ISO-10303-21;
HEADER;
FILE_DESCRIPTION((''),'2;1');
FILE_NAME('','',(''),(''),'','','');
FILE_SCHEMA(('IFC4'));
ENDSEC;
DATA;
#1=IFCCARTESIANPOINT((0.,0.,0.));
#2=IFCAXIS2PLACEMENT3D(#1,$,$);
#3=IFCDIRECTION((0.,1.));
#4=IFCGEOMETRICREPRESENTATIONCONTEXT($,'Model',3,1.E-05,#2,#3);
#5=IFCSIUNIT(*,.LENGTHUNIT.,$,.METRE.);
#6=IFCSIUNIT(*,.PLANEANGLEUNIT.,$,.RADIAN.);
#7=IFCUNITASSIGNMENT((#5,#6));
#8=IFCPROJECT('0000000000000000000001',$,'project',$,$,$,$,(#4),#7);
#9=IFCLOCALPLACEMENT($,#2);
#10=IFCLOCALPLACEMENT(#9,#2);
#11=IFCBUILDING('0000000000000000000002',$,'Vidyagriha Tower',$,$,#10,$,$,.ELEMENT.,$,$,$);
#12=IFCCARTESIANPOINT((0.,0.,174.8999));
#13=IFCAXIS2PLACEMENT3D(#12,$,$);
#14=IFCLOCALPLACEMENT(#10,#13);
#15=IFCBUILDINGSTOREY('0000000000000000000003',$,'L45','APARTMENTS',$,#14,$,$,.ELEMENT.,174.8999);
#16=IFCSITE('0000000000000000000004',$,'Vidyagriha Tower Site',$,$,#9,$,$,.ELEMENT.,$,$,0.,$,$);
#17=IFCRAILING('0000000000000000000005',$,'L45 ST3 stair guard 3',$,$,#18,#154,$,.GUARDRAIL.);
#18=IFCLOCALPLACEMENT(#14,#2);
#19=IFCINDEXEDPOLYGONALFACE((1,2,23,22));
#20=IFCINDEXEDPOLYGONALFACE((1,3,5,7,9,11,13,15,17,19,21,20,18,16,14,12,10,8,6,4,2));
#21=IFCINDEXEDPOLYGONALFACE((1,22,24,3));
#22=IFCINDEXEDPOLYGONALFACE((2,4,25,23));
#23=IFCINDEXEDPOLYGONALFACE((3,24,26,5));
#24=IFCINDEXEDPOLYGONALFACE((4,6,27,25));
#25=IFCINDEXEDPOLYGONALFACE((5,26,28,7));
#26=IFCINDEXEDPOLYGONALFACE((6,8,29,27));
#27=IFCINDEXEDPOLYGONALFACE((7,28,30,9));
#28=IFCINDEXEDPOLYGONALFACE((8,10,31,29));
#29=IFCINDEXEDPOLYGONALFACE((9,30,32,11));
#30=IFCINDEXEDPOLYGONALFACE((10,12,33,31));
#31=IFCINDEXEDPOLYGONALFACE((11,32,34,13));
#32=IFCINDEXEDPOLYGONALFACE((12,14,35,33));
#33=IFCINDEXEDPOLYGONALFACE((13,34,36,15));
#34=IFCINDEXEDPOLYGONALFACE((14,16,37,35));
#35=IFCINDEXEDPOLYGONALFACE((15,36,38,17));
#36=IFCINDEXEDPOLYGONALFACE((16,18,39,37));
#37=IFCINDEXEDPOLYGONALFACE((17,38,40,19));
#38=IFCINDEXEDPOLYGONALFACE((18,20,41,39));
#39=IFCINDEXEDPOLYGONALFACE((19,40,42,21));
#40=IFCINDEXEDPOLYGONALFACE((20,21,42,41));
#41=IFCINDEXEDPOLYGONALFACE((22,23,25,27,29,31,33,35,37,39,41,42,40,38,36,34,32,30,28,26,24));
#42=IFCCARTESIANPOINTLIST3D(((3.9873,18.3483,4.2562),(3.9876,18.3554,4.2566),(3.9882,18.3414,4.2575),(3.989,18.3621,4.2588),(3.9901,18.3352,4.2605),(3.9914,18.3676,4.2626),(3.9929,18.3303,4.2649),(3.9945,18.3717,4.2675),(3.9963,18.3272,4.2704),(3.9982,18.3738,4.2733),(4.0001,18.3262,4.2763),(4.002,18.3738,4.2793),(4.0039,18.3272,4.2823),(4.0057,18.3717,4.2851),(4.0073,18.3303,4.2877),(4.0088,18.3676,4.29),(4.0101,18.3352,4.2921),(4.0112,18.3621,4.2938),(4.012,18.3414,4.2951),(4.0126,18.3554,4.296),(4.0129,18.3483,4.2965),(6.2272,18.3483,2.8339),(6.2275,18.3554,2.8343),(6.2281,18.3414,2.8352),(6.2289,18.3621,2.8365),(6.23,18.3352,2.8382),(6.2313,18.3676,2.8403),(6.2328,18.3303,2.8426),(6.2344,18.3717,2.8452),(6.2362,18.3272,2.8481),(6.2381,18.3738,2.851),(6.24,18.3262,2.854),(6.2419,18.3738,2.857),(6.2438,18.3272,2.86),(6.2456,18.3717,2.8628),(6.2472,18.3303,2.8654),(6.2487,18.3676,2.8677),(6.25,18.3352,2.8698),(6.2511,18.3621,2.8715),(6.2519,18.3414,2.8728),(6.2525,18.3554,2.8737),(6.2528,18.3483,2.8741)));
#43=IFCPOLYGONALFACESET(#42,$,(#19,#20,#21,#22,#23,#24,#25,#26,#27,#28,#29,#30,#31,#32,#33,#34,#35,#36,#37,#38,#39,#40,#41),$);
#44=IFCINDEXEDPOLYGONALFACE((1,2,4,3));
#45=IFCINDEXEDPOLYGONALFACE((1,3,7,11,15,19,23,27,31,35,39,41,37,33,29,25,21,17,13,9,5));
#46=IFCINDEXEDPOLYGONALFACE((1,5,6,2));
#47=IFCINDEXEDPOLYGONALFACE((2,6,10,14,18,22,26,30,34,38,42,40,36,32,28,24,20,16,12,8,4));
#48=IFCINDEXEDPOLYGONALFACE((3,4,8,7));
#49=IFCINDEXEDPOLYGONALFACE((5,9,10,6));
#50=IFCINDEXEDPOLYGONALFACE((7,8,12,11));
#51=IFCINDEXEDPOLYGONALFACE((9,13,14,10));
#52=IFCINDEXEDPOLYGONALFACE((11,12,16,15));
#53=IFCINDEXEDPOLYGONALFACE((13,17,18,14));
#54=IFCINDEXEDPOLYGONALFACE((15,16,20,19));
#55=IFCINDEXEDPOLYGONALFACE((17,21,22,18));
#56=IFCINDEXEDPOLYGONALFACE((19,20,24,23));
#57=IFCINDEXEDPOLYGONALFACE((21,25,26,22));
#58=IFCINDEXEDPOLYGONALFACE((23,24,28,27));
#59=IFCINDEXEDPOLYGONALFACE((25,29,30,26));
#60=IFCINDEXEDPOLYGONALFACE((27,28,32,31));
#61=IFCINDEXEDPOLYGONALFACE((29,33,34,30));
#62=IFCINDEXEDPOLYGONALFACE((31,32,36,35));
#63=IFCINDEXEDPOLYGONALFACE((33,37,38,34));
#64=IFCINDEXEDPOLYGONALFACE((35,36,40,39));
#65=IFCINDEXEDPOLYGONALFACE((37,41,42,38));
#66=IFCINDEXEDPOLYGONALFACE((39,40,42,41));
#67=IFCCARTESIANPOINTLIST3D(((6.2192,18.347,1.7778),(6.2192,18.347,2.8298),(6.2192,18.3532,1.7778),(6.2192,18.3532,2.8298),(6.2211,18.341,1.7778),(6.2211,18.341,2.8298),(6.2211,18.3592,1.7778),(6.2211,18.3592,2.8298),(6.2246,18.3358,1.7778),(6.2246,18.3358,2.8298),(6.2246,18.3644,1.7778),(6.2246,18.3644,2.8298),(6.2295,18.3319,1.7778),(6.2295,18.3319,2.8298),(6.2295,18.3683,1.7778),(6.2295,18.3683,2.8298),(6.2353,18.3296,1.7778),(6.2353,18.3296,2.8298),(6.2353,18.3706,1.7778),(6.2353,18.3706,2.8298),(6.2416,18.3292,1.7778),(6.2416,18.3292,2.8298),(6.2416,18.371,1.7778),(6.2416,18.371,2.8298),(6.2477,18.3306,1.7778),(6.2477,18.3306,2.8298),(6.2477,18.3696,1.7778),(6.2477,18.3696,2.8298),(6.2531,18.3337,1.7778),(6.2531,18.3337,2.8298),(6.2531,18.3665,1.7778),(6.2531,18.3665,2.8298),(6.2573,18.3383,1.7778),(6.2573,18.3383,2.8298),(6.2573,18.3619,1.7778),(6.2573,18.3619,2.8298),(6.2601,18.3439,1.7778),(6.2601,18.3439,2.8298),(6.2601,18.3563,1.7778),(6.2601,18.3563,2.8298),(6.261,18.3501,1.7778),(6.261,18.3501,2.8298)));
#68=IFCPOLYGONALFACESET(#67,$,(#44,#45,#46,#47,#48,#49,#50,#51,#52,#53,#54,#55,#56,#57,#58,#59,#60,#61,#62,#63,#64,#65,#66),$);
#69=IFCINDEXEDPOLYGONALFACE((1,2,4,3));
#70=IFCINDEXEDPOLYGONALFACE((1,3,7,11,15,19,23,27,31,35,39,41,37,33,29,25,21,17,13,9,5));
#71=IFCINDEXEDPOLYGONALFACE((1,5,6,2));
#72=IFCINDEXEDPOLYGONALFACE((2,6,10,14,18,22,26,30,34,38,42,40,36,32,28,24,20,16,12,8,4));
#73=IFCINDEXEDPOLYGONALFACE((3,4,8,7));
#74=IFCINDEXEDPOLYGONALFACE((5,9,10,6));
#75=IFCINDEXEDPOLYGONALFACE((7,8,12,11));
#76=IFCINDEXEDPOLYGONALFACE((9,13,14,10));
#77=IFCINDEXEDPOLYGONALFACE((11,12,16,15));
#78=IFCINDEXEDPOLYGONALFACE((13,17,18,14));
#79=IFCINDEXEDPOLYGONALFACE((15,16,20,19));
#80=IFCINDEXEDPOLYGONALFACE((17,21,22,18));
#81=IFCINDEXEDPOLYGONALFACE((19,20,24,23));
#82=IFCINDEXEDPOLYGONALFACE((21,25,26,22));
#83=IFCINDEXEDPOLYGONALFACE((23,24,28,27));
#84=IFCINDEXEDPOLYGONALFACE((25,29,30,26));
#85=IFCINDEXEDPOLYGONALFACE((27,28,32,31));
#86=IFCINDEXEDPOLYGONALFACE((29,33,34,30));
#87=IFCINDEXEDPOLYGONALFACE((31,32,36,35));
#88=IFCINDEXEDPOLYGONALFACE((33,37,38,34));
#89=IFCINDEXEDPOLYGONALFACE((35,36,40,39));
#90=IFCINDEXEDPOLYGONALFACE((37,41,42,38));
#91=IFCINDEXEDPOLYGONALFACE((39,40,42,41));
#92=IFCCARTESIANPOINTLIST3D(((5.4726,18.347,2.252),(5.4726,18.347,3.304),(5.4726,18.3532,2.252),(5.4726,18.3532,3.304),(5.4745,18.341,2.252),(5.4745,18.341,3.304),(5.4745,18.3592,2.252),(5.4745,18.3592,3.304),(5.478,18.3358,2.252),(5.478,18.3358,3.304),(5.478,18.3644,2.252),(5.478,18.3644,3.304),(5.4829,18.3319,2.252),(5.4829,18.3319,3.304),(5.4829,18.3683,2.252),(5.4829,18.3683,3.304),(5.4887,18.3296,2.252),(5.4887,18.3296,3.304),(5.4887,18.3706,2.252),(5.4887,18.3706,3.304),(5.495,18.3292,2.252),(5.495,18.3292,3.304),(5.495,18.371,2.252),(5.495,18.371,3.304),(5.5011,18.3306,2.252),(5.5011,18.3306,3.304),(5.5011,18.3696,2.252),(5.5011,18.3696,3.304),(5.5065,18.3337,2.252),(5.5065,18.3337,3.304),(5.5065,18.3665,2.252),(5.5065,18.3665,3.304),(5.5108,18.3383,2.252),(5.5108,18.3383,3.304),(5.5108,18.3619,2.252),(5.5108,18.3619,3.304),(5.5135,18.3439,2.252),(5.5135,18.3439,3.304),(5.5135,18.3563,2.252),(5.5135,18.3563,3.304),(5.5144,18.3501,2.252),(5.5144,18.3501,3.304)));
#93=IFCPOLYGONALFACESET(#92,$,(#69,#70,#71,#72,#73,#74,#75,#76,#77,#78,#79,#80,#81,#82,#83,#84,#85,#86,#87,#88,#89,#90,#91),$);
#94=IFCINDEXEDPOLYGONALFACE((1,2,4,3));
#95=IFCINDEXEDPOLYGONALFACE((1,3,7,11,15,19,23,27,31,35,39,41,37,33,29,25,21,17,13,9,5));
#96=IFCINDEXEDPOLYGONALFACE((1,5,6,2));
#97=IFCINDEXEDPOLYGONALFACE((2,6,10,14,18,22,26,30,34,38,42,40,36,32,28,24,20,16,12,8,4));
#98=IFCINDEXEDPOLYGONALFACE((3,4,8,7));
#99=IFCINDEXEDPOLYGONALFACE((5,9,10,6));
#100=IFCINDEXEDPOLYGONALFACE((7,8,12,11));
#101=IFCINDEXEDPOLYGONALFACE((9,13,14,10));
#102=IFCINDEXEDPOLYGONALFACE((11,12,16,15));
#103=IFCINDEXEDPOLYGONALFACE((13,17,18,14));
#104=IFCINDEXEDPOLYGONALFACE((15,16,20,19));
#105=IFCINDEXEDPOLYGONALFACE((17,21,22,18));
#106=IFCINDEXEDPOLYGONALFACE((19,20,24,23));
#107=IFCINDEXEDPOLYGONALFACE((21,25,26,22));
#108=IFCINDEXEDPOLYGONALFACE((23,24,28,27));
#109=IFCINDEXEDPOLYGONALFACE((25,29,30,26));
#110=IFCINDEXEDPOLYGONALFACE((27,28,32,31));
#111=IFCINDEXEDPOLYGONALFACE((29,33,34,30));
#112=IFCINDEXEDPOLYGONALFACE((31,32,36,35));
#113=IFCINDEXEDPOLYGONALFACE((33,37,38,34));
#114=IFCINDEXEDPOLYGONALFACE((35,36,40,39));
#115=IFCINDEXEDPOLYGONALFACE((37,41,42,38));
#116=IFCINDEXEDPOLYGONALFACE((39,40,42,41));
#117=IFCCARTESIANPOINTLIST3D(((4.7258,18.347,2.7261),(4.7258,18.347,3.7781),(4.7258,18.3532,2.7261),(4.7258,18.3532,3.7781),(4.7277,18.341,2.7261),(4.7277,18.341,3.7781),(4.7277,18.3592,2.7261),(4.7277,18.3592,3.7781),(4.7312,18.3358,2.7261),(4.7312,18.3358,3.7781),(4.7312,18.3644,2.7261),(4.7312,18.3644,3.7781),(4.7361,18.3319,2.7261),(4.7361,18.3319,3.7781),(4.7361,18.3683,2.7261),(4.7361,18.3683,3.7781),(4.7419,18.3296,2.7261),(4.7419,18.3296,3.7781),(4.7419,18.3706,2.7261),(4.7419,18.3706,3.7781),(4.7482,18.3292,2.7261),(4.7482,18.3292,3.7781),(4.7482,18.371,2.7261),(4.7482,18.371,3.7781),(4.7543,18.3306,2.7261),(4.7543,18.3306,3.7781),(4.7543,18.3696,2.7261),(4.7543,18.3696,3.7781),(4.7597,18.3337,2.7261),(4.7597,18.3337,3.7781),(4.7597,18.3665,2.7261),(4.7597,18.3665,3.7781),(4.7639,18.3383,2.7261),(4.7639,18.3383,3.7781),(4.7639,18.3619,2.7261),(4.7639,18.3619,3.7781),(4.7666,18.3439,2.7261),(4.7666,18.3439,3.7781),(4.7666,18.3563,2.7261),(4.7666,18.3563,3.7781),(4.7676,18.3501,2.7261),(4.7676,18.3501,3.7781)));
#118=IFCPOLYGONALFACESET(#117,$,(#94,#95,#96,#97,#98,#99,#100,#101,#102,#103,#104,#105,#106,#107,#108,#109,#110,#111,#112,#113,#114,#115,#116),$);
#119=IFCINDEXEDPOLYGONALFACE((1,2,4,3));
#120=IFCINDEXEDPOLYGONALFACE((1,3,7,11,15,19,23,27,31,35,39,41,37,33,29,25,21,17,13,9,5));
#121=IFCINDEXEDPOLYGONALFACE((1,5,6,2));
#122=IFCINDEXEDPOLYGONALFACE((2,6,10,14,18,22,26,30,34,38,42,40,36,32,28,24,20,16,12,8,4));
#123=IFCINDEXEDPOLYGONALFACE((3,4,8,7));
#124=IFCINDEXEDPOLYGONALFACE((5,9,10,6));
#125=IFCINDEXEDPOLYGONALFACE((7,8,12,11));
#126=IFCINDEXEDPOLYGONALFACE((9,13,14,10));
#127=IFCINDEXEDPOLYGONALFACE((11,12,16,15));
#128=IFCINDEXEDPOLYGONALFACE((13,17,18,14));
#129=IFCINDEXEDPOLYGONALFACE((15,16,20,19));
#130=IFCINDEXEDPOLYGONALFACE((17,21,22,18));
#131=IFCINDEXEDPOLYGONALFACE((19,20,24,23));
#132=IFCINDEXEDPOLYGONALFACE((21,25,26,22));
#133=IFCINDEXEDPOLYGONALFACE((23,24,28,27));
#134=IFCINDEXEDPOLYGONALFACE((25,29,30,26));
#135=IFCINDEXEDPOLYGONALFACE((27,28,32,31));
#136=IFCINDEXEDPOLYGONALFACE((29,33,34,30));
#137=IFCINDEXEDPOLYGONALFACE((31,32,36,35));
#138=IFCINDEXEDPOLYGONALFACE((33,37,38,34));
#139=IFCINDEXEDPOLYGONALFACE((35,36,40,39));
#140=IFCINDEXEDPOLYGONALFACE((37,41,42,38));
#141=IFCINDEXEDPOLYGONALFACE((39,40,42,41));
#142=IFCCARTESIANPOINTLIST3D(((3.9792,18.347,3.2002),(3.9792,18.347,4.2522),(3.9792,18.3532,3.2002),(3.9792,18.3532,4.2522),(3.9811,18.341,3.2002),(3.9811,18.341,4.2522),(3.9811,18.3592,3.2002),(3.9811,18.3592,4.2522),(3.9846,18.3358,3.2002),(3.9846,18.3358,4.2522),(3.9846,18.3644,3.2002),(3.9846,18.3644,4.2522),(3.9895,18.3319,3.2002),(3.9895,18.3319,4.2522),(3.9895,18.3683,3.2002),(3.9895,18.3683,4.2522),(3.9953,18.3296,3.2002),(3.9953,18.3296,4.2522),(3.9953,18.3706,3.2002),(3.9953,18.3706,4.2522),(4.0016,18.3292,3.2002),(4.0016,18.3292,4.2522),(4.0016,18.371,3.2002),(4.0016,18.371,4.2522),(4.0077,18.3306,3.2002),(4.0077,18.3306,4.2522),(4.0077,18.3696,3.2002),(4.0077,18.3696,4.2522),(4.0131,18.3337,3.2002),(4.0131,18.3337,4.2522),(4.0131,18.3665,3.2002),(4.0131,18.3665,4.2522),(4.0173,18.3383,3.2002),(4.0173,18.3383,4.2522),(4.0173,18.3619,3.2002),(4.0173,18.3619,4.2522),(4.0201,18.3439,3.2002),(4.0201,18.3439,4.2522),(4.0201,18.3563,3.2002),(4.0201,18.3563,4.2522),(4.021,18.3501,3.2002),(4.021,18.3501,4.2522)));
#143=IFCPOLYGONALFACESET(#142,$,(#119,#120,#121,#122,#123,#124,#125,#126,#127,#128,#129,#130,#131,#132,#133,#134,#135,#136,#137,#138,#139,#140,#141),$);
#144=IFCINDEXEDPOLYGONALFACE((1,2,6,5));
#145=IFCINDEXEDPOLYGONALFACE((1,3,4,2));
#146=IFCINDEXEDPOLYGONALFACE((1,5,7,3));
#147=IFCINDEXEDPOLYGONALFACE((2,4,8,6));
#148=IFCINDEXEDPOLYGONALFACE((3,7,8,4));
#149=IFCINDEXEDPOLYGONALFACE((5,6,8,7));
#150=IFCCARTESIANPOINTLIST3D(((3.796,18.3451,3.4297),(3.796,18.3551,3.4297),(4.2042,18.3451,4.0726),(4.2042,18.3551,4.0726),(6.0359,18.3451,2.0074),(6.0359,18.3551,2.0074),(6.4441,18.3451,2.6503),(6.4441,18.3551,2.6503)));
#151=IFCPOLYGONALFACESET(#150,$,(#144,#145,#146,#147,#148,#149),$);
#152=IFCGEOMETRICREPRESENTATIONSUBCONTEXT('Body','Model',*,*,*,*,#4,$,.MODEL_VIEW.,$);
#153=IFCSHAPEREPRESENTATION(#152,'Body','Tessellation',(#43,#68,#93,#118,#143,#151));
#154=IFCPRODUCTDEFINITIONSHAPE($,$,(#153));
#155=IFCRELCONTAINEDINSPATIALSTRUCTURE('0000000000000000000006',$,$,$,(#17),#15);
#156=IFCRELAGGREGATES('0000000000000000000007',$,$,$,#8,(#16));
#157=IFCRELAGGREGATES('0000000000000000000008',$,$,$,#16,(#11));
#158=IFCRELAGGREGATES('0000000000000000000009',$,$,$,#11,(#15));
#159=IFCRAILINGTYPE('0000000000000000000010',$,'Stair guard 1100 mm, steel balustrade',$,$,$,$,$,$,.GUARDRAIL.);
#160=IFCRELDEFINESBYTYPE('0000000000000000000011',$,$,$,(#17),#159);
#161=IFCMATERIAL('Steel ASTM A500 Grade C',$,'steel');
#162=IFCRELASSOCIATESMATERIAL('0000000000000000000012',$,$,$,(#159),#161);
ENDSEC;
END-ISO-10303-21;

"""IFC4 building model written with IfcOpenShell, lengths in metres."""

from ifc_helpers import new_model, si_unit, direction, frame, origin, origin_2d, place, context, subcontext, project, spatial, rectangle, circle, extrude, material, type_object, element, save


model = new_model("IFC4")

# Units and contexts
model_context = context("Model", 3, precision=1e-05, world=origin(), true_north=direction((0.0, 1.0)))
body_context = subcontext(model_context, "Body", "Model", "MODEL_VIEW")
ifc_project = project(units=[si_unit("LENGTHUNIT", "METRE"), si_unit("PLANEANGLEUNIT", "RADIAN")], contexts=[model_context])

# Site, building, storey
site_placement = place(None, origin())
site = spatial("IfcSite", under=ifc_project, at=site_placement, Name="Vidyagriha Tower Site", CompositionType="ELEMENT", RefElevation=0.0)
building_placement = place(site_placement, origin())
building = spatial("IfcBuilding", under=site, at=building_placement, Name="Vidyagriha Tower", CompositionType="ELEMENT")
storey_placement = place(building_placement, frame((0.0, 0.0, 174.8999)))
storey = spatial("IfcBuildingStorey", under=building, at=storey_placement, Name="L45", Description="APARTMENTS", CompositionType="ELEMENT", Elevation=174.8999)

# Railing
ifc_material_1 = material(Name="Steel ASTM A500 Grade C", Category="steel")
railing_type_1 = type_object("IfcRailingType", Name="Stair guard 1100 mm, steel balustrade", PredefinedType="GUARDRAIL", material=ifc_material_1)
railing_1_placement = place(storey_placement, frame((6.24, 18.3501, 1.7778)))
element("IfcRailing", 1, at=railing_1_placement, inside=storey, type_object=railing_type_1, Name="L45 ST3 stair guard 3", PredefinedType="GUARDRAIL", context=body_context, shape_type="SweptSolid", body=[
    extrude(circle(Radius=0.0239, at=origin_2d()), frame((0.0, 0.0, 1.0762), z_axis=(-0.844188, 0.0, 0.536048), x_axis=(0.0, -1.0, 0.0)), (0.0, 0.0, 1.0), 2.6533),
    extrude(circle(Radius=0.021, at=origin_2d()), origin(), (0.0, 0.0, 1.0), 1.052),
    extrude(circle(Radius=0.021, at=origin_2d()), frame((-0.7466, 0.0, 0.4741)), (0.0, 0.0, 1.0), 1.052),
    extrude(circle(Radius=0.021, at=origin_2d()), frame((-1.4934, 0.0, 0.9482)), (0.0, 0.0, 1.0), 1.052),
    extrude(circle(Radius=0.021, at=origin_2d()), frame((-2.24, 0.0, 1.4224)), (0.0, 0.0, 1.0), 1.052),
    extrude(rectangle(XDim=0.01, YDim=0.7615, at=origin_2d()), frame((0.0, 0.0, 0.551), z_axis=(-0.844188, 0.0, 0.536048), x_axis=(0.0, -1.0, 0.0)), (0.0, 0.0, 1.0), 2.6533),
])

save(model, "model.ifc")
